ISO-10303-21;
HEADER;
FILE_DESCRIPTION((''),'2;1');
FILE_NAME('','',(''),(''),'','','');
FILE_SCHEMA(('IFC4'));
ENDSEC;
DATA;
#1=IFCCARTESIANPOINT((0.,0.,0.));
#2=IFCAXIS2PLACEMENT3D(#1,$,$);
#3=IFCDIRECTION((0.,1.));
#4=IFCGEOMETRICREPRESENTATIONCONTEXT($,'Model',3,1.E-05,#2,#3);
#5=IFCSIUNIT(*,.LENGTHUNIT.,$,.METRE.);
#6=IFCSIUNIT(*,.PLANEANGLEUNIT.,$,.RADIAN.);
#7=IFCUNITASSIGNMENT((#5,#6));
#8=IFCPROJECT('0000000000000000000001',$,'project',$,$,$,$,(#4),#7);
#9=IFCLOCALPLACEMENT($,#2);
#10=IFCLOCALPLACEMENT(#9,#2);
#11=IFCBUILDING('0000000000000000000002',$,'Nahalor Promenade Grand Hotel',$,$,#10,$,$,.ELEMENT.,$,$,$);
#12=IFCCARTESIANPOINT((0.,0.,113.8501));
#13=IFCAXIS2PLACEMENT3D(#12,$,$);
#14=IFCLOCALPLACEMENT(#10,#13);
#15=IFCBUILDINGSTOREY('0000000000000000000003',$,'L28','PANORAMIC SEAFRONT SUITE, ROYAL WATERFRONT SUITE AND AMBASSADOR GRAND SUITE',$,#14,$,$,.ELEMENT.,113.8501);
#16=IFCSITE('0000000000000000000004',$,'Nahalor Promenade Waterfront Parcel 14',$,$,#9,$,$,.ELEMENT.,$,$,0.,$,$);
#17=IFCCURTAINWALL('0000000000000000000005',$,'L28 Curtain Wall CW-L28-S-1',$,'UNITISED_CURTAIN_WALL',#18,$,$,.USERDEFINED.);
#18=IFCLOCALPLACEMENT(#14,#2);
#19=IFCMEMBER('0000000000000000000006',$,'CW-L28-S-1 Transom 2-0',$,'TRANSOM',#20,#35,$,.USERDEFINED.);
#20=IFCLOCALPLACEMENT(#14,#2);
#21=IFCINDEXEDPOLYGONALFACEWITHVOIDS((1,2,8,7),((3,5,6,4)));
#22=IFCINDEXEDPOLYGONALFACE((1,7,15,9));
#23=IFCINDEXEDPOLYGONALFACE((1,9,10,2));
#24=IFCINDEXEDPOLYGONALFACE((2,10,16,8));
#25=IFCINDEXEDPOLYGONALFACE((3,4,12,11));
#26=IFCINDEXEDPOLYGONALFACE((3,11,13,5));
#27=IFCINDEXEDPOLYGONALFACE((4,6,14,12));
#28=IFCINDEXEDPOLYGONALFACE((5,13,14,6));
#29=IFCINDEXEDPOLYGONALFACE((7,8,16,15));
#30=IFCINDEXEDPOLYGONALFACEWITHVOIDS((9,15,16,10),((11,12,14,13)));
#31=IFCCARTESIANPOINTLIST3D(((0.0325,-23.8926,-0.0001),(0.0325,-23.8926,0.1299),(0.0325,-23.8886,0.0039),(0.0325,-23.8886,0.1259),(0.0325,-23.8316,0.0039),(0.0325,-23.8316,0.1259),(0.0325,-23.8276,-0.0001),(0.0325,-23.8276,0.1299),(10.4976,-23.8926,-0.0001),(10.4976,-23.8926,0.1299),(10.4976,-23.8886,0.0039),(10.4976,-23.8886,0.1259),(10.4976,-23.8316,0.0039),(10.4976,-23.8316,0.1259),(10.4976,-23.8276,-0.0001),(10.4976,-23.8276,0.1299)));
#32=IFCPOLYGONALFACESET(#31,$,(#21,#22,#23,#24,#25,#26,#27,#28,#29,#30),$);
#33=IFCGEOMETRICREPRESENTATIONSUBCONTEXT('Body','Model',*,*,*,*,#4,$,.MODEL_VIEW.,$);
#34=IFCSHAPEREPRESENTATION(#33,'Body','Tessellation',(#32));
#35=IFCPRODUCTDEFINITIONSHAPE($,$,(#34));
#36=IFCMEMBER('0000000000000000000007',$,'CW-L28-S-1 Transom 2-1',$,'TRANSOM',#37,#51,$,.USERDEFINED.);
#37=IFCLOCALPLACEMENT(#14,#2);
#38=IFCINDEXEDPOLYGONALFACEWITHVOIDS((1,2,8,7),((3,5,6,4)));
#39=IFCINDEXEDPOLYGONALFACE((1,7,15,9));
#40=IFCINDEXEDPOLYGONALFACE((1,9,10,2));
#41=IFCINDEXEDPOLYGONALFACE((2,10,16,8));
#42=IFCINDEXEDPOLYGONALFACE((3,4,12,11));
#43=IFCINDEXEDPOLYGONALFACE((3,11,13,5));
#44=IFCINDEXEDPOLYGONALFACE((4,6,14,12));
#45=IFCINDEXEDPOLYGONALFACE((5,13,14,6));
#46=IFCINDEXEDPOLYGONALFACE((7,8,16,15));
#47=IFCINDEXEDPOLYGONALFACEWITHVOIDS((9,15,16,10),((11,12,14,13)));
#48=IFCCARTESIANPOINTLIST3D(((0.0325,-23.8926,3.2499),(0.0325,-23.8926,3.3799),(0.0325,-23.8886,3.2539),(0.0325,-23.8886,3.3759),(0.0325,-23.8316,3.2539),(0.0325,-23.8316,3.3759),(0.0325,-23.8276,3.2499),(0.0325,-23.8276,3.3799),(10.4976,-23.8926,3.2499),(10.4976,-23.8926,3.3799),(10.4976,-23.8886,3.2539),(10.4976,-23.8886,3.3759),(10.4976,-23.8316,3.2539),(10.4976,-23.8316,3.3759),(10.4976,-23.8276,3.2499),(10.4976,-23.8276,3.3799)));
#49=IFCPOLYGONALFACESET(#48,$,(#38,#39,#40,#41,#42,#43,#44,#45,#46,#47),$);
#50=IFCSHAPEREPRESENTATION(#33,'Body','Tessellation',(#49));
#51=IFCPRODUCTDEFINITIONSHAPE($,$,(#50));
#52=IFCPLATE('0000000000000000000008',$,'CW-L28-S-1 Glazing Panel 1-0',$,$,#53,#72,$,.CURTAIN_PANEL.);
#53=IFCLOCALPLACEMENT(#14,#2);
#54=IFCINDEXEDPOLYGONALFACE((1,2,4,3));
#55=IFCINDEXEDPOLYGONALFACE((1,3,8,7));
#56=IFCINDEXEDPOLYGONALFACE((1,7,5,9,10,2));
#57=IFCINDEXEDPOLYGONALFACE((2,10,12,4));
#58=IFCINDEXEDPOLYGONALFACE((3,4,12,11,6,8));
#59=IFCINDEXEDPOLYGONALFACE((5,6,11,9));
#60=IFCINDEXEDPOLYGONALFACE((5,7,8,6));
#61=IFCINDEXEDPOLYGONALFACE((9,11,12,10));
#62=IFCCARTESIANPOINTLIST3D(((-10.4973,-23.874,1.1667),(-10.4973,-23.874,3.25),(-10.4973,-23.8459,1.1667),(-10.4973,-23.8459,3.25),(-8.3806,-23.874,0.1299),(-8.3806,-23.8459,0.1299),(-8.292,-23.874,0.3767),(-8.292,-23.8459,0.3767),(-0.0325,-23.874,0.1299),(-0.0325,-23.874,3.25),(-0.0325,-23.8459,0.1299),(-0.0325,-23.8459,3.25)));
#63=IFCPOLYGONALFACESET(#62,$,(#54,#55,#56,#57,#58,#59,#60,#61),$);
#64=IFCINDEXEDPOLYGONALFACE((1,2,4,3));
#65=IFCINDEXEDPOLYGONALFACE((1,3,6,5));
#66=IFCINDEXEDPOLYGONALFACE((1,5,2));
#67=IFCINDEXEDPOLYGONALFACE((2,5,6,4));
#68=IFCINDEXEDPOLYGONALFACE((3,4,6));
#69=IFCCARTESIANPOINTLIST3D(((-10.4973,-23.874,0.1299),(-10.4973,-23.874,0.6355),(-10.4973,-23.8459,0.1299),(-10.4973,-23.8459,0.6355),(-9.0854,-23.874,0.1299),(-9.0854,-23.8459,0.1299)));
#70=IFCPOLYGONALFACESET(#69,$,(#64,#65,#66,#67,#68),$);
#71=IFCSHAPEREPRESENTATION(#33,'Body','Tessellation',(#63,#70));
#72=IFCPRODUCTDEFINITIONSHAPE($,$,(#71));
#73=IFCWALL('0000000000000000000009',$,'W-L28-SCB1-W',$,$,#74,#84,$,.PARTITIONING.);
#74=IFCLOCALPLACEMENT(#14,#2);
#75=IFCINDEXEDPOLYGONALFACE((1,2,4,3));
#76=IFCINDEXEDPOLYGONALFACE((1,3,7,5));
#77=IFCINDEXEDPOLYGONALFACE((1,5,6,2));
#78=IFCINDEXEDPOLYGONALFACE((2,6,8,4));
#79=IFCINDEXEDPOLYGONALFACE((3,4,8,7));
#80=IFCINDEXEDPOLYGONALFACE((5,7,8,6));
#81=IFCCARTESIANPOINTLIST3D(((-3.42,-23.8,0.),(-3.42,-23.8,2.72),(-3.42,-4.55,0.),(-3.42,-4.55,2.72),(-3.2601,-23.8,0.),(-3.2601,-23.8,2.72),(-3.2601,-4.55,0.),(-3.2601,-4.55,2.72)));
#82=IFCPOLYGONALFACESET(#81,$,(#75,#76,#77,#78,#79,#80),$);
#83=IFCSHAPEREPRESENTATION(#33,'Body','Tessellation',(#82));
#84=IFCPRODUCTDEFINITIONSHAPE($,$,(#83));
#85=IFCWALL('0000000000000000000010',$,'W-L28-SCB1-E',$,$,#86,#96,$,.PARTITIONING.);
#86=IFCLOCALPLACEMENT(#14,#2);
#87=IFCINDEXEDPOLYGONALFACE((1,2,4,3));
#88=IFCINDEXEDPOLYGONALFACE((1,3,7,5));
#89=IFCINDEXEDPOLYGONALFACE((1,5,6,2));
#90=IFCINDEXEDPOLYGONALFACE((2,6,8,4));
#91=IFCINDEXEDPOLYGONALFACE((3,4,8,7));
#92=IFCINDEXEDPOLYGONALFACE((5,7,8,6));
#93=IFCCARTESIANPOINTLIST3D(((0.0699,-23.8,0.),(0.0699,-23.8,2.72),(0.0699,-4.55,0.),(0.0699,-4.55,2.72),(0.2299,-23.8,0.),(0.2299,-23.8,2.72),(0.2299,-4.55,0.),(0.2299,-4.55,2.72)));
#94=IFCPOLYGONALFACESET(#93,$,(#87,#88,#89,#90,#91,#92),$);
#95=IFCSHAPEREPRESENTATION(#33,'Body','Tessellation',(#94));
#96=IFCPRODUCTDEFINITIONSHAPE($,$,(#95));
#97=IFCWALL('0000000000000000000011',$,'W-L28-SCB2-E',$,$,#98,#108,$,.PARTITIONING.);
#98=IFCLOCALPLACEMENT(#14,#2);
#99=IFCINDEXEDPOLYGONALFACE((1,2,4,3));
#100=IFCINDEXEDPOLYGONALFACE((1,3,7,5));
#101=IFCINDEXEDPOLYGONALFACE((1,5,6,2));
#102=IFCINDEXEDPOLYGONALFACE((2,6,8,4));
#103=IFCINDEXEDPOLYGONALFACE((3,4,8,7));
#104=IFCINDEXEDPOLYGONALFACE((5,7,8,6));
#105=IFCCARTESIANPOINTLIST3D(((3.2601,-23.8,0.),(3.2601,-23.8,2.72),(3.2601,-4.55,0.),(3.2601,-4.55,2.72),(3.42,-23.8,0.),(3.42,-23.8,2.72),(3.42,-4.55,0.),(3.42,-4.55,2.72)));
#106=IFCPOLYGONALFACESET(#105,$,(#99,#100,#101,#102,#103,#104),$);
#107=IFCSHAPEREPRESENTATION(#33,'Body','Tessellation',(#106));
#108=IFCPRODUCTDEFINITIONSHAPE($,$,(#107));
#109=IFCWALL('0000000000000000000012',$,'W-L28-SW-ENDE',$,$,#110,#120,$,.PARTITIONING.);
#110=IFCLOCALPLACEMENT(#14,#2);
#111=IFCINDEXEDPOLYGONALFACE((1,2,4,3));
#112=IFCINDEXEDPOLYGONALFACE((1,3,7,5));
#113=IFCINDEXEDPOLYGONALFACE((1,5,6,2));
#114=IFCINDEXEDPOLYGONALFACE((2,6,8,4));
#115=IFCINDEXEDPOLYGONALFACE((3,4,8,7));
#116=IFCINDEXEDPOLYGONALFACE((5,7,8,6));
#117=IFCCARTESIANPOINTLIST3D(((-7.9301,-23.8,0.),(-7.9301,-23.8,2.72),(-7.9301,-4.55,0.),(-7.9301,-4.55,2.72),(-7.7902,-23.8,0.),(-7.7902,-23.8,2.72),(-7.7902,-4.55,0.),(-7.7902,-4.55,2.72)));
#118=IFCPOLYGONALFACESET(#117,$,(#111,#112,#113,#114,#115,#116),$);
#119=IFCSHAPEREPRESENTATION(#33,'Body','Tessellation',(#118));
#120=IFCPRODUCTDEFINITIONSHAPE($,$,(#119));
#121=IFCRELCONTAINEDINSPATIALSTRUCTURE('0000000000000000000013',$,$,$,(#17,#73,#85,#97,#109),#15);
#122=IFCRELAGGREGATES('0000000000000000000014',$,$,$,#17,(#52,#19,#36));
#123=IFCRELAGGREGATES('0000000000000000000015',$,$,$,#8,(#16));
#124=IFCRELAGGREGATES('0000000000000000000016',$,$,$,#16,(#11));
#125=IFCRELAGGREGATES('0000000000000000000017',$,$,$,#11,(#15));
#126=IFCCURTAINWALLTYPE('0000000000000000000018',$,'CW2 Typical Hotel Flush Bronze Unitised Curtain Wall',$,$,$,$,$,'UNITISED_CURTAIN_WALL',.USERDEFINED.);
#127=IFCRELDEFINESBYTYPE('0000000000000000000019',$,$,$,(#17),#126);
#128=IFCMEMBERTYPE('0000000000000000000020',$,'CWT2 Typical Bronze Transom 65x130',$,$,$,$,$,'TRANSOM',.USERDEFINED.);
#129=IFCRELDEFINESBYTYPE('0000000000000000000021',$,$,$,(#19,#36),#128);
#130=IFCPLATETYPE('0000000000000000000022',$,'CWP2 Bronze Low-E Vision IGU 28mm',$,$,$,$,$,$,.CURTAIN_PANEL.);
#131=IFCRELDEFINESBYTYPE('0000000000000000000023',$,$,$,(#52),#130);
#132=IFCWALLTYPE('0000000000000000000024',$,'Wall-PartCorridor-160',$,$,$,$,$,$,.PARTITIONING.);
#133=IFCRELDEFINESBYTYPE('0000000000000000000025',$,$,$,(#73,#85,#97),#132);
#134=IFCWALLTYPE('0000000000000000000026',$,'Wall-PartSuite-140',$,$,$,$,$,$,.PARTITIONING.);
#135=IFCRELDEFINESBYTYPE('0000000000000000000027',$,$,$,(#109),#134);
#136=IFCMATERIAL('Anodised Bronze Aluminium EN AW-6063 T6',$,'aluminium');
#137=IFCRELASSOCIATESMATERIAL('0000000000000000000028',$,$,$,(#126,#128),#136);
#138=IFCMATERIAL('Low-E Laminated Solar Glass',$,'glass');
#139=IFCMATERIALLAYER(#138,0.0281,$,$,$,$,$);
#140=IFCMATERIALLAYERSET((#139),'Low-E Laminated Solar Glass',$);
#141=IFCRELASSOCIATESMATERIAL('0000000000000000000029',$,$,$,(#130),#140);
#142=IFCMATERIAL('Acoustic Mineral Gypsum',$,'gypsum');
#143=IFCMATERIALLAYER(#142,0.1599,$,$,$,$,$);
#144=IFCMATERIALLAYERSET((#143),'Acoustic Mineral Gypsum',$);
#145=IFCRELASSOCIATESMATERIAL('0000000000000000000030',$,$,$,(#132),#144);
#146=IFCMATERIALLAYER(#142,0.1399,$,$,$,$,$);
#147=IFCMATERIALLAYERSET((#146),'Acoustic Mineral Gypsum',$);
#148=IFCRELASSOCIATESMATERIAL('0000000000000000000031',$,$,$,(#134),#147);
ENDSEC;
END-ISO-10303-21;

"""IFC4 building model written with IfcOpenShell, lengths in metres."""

from ifc_helpers import new_model, si_unit, direction, frame, frame_2d, origin, origin_2d, place, context, subcontext, project, spatial, polyline, rectangle, hollow_rectangle, outline, extrude, source, transform, mapped, material, layer, layer_set, material_profile, profile_set, type_object, element, aggregate, save


model = new_model("IFC4")

# Units and contexts
model_context = context("Model", 3, precision=1e-05, world=origin(), true_north=direction((0.0, 1.0)))
body_context = subcontext(model_context, "Body", "Model", "MODEL_VIEW")
ifc_project = project(units=[si_unit("LENGTHUNIT", "METRE"), si_unit("PLANEANGLEUNIT", "RADIAN")], contexts=[model_context])

# Site, building, storey
site_placement = place(None, origin())
site = spatial("IfcSite", under=ifc_project, at=site_placement, Name="Nahalor Promenade Waterfront Parcel 14", CompositionType="ELEMENT", RefElevation=0.0)
building_placement = place(site_placement, origin())
building = spatial("IfcBuilding", under=site, at=building_placement, Name="Nahalor Promenade Grand Hotel", CompositionType="ELEMENT")
storey_placement = place(building_placement, frame((0.0, 0.0, 113.8501)))
storey = spatial("IfcBuildingStorey", under=building, at=storey_placement, Name="L28", Description="PANORAMIC SEAFRONT SUITE, ROYAL WATERFRONT SUITE AND AMBASSADOR GRAND SUITE", CompositionType="ELEMENT", Elevation=113.8501)

# Curtain wall, members, plate
ifc_material_1 = material(Name="Anodised Bronze Aluminium EN AW-6063 T6", Category="aluminium")
curtain_wall_type = type_object("IfcCurtainWallType", Name="CW2 Typical Hotel Flush Bronze Unitised Curtain Wall", ElementType="UNITISED_CURTAIN_WALL", PredefinedType="USERDEFINED", material=ifc_material_1)
curtain_wall_placement = place(storey_placement, origin())
curtain_wall = element("IfcCurtainWall", 1, at=curtain_wall_placement, inside=storey, type_object=curtain_wall_type, Name="L28 Curtain Wall CW-L28-S-1", ObjectType="UNITISED_CURTAIN_WALL", PredefinedType="USERDEFINED")
ifc_material_profile_1 = material_profile(ifc_material_1, hollow_rectangle(XDim=0.065, YDim=0.13, WallThickness=0.004, at=origin_2d()), Name="CWT 65x130x4")
ifc_profile_set_1 = profile_set([ifc_material_profile_1], Name="Anodised Bronze Aluminium EN AW-6063 T6")
member_type_1 = type_object("IfcMemberType", Name="CWT2 Typical Bronze Transom 65x130", ElementType="TRANSOM", PredefinedType="USERDEFINED", material=ifc_profile_set_1)
shared_shape_1 = source(origin(), body_context, "Body", "SweptSolid", [
    extrude(hollow_rectangle(XDim=0.065, YDim=0.13, WallThickness=0.004, at=origin_2d()), origin(), (0.0, 0.0, 1.0), 10.4651),
])
member_1_placement = place(storey_placement, frame((0.0325, -23.8601, 0.0649), z_axis=(1.0, 0.0, 0.0), x_axis=(0.0, 1.0, 0.0)))
member_1 = element("IfcMember", 2, at=member_1_placement, type_object=member_type_1, Name="CW-L28-S-1 Transom 2-0", ObjectType="TRANSOM", PredefinedType="USERDEFINED", context=body_context, shape_type="MappedRepresentation", body=[
    mapped(shared_shape_1, transform((0.0, 0.0, 0.0), scale=1.0)),
])
member_2_placement = place(storey_placement, frame((0.0325, -23.8601, 3.3149), z_axis=(1.0, 0.0, 0.0), x_axis=(0.0, 1.0, 0.0)))
member_2 = element("IfcMember", 3, at=member_2_placement, type_object=member_type_1, Name="CW-L28-S-1 Transom 2-1", ObjectType="TRANSOM", PredefinedType="USERDEFINED", context=body_context, shape_type="MappedRepresentation", body=[
    mapped(shared_shape_1, transform((0.0, 0.0, 0.0), scale=1.0)),
])
ifc_material_2 = material(Name="Low-E Laminated Solar Glass", Category="glass")
ifc_layer_1 = layer(ifc_material_2, 0.0281)
ifc_layer_set_1 = layer_set([ifc_layer_1], Name="Low-E Laminated Solar Glass")
plate_type = type_object("IfcPlateType", Name="CWP2 Bronze Low-E Vision IGU 28mm", PredefinedType="CURTAIN_PANEL", material=ifc_layer_set_1)
plate_placement = place(storey_placement, frame((-5.2649, -23.8601, 0.1299), z_axis=(0.0, 0.0, 1.0), x_axis=(1.0, 0.0, 0.0)))
plate = element("IfcPlate", 4, at=plate_placement, type_object=plate_type, Name="CW-L28-S-1 Glazing Panel 1-0", PredefinedType="CURTAIN_PANEL", context=body_context, shape_type="SweptSolid", body=[
    extrude(outline(polyline([(5.2324, 3.1201), (-5.2324, 3.1201), (-5.2324, 1.0369), (-3.0271, 0.2468), (-3.1157, 0.0), (5.2324, 0.0), (5.2324, 3.1201)])), frame((0.0, 0.0142, 0.0), z_axis=(0.0, -1.0, 0.0), x_axis=(1.0, 0.0, 0.0)), (0.0, 0.0, 1.0), 0.0281),
    extrude(outline(polyline([(-5.2324, 0.5056), (-5.2324, 0.0), (-3.8206, 0.0), (-5.2324, 0.5056)])), frame((0.0, 0.0142, 0.0), z_axis=(0.0, -1.0, 0.0), x_axis=(1.0, 0.0, 0.0)), (0.0, 0.0, 1.0), 0.0281),
])
aggregate(curtain_wall, [plate, member_1, member_2])

# Walls
ifc_material_3 = material(Name="Acoustic Mineral Gypsum", Category="gypsum")
ifc_layer_2 = layer(ifc_material_3, 0.1599)
ifc_layer_set_2 = layer_set([ifc_layer_2], Name="Acoustic Mineral Gypsum")
wall_type_1 = type_object("IfcWallType", Name="Wall-PartCorridor-160", PredefinedType="PARTITIONING", material=ifc_layer_set_2)
shared_shape_2 = source(origin(), body_context, "Body", "SweptSolid", [
    extrude(rectangle(XDim=19.25, YDim=0.1599, at=frame_2d((9.625, 0.0))), origin(), (0.0, 0.0, 1.0), 2.72),
])
for number, where, z_axis, x_axis, name in (
    (5, (-3.3401, -23.8, 0.0), (0.0, 0.0, 1.0), (0.0, 1.0, 0.0), "W-L28-SCB1-W"),
    (6, (0.1499, -23.8, 0.0), (0.0, 0.0, 1.0), (0.0, 1.0, 0.0), "W-L28-SCB1-E"),
    (7, (3.3401, -23.8, 0.0), (0.0, 0.0, 1.0), (0.0, 1.0, 0.0), "W-L28-SCB2-E"),
):
    element("IfcWall", number, at=place(storey_placement, frame(where, z_axis=z_axis, x_axis=x_axis)), inside=storey, type_object=wall_type_1, Name=name, PredefinedType="PARTITIONING", context=body_context, shape_type="MappedRepresentation", body=[
        mapped(shared_shape_2, transform((0.0, 0.0, 0.0), scale=1.0)),
    ])
ifc_layer_3 = layer(ifc_material_3, 0.1399)
ifc_layer_set_3 = layer_set([ifc_layer_3], Name="Acoustic Mineral Gypsum")
wall_type_2 = type_object("IfcWallType", Name="Wall-PartSuite-140", PredefinedType="PARTITIONING", material=ifc_layer_set_3)
shared_shape_3 = source(origin(), body_context, "Body", "SweptSolid", [
    extrude(rectangle(XDim=19.25, YDim=0.1399, at=frame_2d((9.625, 0.0))), origin(), (0.0, 0.0, 1.0), 2.72),
])
wall_placement = place(storey_placement, frame((-7.8601, -23.8, 0.0), z_axis=(0.0, 0.0, 1.0), x_axis=(0.0, 1.0, 0.0)))
element("IfcWall", 8, at=wall_placement, inside=storey, type_object=wall_type_2, Name="W-L28-SW-ENDE", PredefinedType="PARTITIONING", context=body_context, shape_type="MappedRepresentation", body=[
    mapped(shared_shape_3, transform((0.0, 0.0, 0.0), scale=1.0)),
])

save(model, "model.ifc")
